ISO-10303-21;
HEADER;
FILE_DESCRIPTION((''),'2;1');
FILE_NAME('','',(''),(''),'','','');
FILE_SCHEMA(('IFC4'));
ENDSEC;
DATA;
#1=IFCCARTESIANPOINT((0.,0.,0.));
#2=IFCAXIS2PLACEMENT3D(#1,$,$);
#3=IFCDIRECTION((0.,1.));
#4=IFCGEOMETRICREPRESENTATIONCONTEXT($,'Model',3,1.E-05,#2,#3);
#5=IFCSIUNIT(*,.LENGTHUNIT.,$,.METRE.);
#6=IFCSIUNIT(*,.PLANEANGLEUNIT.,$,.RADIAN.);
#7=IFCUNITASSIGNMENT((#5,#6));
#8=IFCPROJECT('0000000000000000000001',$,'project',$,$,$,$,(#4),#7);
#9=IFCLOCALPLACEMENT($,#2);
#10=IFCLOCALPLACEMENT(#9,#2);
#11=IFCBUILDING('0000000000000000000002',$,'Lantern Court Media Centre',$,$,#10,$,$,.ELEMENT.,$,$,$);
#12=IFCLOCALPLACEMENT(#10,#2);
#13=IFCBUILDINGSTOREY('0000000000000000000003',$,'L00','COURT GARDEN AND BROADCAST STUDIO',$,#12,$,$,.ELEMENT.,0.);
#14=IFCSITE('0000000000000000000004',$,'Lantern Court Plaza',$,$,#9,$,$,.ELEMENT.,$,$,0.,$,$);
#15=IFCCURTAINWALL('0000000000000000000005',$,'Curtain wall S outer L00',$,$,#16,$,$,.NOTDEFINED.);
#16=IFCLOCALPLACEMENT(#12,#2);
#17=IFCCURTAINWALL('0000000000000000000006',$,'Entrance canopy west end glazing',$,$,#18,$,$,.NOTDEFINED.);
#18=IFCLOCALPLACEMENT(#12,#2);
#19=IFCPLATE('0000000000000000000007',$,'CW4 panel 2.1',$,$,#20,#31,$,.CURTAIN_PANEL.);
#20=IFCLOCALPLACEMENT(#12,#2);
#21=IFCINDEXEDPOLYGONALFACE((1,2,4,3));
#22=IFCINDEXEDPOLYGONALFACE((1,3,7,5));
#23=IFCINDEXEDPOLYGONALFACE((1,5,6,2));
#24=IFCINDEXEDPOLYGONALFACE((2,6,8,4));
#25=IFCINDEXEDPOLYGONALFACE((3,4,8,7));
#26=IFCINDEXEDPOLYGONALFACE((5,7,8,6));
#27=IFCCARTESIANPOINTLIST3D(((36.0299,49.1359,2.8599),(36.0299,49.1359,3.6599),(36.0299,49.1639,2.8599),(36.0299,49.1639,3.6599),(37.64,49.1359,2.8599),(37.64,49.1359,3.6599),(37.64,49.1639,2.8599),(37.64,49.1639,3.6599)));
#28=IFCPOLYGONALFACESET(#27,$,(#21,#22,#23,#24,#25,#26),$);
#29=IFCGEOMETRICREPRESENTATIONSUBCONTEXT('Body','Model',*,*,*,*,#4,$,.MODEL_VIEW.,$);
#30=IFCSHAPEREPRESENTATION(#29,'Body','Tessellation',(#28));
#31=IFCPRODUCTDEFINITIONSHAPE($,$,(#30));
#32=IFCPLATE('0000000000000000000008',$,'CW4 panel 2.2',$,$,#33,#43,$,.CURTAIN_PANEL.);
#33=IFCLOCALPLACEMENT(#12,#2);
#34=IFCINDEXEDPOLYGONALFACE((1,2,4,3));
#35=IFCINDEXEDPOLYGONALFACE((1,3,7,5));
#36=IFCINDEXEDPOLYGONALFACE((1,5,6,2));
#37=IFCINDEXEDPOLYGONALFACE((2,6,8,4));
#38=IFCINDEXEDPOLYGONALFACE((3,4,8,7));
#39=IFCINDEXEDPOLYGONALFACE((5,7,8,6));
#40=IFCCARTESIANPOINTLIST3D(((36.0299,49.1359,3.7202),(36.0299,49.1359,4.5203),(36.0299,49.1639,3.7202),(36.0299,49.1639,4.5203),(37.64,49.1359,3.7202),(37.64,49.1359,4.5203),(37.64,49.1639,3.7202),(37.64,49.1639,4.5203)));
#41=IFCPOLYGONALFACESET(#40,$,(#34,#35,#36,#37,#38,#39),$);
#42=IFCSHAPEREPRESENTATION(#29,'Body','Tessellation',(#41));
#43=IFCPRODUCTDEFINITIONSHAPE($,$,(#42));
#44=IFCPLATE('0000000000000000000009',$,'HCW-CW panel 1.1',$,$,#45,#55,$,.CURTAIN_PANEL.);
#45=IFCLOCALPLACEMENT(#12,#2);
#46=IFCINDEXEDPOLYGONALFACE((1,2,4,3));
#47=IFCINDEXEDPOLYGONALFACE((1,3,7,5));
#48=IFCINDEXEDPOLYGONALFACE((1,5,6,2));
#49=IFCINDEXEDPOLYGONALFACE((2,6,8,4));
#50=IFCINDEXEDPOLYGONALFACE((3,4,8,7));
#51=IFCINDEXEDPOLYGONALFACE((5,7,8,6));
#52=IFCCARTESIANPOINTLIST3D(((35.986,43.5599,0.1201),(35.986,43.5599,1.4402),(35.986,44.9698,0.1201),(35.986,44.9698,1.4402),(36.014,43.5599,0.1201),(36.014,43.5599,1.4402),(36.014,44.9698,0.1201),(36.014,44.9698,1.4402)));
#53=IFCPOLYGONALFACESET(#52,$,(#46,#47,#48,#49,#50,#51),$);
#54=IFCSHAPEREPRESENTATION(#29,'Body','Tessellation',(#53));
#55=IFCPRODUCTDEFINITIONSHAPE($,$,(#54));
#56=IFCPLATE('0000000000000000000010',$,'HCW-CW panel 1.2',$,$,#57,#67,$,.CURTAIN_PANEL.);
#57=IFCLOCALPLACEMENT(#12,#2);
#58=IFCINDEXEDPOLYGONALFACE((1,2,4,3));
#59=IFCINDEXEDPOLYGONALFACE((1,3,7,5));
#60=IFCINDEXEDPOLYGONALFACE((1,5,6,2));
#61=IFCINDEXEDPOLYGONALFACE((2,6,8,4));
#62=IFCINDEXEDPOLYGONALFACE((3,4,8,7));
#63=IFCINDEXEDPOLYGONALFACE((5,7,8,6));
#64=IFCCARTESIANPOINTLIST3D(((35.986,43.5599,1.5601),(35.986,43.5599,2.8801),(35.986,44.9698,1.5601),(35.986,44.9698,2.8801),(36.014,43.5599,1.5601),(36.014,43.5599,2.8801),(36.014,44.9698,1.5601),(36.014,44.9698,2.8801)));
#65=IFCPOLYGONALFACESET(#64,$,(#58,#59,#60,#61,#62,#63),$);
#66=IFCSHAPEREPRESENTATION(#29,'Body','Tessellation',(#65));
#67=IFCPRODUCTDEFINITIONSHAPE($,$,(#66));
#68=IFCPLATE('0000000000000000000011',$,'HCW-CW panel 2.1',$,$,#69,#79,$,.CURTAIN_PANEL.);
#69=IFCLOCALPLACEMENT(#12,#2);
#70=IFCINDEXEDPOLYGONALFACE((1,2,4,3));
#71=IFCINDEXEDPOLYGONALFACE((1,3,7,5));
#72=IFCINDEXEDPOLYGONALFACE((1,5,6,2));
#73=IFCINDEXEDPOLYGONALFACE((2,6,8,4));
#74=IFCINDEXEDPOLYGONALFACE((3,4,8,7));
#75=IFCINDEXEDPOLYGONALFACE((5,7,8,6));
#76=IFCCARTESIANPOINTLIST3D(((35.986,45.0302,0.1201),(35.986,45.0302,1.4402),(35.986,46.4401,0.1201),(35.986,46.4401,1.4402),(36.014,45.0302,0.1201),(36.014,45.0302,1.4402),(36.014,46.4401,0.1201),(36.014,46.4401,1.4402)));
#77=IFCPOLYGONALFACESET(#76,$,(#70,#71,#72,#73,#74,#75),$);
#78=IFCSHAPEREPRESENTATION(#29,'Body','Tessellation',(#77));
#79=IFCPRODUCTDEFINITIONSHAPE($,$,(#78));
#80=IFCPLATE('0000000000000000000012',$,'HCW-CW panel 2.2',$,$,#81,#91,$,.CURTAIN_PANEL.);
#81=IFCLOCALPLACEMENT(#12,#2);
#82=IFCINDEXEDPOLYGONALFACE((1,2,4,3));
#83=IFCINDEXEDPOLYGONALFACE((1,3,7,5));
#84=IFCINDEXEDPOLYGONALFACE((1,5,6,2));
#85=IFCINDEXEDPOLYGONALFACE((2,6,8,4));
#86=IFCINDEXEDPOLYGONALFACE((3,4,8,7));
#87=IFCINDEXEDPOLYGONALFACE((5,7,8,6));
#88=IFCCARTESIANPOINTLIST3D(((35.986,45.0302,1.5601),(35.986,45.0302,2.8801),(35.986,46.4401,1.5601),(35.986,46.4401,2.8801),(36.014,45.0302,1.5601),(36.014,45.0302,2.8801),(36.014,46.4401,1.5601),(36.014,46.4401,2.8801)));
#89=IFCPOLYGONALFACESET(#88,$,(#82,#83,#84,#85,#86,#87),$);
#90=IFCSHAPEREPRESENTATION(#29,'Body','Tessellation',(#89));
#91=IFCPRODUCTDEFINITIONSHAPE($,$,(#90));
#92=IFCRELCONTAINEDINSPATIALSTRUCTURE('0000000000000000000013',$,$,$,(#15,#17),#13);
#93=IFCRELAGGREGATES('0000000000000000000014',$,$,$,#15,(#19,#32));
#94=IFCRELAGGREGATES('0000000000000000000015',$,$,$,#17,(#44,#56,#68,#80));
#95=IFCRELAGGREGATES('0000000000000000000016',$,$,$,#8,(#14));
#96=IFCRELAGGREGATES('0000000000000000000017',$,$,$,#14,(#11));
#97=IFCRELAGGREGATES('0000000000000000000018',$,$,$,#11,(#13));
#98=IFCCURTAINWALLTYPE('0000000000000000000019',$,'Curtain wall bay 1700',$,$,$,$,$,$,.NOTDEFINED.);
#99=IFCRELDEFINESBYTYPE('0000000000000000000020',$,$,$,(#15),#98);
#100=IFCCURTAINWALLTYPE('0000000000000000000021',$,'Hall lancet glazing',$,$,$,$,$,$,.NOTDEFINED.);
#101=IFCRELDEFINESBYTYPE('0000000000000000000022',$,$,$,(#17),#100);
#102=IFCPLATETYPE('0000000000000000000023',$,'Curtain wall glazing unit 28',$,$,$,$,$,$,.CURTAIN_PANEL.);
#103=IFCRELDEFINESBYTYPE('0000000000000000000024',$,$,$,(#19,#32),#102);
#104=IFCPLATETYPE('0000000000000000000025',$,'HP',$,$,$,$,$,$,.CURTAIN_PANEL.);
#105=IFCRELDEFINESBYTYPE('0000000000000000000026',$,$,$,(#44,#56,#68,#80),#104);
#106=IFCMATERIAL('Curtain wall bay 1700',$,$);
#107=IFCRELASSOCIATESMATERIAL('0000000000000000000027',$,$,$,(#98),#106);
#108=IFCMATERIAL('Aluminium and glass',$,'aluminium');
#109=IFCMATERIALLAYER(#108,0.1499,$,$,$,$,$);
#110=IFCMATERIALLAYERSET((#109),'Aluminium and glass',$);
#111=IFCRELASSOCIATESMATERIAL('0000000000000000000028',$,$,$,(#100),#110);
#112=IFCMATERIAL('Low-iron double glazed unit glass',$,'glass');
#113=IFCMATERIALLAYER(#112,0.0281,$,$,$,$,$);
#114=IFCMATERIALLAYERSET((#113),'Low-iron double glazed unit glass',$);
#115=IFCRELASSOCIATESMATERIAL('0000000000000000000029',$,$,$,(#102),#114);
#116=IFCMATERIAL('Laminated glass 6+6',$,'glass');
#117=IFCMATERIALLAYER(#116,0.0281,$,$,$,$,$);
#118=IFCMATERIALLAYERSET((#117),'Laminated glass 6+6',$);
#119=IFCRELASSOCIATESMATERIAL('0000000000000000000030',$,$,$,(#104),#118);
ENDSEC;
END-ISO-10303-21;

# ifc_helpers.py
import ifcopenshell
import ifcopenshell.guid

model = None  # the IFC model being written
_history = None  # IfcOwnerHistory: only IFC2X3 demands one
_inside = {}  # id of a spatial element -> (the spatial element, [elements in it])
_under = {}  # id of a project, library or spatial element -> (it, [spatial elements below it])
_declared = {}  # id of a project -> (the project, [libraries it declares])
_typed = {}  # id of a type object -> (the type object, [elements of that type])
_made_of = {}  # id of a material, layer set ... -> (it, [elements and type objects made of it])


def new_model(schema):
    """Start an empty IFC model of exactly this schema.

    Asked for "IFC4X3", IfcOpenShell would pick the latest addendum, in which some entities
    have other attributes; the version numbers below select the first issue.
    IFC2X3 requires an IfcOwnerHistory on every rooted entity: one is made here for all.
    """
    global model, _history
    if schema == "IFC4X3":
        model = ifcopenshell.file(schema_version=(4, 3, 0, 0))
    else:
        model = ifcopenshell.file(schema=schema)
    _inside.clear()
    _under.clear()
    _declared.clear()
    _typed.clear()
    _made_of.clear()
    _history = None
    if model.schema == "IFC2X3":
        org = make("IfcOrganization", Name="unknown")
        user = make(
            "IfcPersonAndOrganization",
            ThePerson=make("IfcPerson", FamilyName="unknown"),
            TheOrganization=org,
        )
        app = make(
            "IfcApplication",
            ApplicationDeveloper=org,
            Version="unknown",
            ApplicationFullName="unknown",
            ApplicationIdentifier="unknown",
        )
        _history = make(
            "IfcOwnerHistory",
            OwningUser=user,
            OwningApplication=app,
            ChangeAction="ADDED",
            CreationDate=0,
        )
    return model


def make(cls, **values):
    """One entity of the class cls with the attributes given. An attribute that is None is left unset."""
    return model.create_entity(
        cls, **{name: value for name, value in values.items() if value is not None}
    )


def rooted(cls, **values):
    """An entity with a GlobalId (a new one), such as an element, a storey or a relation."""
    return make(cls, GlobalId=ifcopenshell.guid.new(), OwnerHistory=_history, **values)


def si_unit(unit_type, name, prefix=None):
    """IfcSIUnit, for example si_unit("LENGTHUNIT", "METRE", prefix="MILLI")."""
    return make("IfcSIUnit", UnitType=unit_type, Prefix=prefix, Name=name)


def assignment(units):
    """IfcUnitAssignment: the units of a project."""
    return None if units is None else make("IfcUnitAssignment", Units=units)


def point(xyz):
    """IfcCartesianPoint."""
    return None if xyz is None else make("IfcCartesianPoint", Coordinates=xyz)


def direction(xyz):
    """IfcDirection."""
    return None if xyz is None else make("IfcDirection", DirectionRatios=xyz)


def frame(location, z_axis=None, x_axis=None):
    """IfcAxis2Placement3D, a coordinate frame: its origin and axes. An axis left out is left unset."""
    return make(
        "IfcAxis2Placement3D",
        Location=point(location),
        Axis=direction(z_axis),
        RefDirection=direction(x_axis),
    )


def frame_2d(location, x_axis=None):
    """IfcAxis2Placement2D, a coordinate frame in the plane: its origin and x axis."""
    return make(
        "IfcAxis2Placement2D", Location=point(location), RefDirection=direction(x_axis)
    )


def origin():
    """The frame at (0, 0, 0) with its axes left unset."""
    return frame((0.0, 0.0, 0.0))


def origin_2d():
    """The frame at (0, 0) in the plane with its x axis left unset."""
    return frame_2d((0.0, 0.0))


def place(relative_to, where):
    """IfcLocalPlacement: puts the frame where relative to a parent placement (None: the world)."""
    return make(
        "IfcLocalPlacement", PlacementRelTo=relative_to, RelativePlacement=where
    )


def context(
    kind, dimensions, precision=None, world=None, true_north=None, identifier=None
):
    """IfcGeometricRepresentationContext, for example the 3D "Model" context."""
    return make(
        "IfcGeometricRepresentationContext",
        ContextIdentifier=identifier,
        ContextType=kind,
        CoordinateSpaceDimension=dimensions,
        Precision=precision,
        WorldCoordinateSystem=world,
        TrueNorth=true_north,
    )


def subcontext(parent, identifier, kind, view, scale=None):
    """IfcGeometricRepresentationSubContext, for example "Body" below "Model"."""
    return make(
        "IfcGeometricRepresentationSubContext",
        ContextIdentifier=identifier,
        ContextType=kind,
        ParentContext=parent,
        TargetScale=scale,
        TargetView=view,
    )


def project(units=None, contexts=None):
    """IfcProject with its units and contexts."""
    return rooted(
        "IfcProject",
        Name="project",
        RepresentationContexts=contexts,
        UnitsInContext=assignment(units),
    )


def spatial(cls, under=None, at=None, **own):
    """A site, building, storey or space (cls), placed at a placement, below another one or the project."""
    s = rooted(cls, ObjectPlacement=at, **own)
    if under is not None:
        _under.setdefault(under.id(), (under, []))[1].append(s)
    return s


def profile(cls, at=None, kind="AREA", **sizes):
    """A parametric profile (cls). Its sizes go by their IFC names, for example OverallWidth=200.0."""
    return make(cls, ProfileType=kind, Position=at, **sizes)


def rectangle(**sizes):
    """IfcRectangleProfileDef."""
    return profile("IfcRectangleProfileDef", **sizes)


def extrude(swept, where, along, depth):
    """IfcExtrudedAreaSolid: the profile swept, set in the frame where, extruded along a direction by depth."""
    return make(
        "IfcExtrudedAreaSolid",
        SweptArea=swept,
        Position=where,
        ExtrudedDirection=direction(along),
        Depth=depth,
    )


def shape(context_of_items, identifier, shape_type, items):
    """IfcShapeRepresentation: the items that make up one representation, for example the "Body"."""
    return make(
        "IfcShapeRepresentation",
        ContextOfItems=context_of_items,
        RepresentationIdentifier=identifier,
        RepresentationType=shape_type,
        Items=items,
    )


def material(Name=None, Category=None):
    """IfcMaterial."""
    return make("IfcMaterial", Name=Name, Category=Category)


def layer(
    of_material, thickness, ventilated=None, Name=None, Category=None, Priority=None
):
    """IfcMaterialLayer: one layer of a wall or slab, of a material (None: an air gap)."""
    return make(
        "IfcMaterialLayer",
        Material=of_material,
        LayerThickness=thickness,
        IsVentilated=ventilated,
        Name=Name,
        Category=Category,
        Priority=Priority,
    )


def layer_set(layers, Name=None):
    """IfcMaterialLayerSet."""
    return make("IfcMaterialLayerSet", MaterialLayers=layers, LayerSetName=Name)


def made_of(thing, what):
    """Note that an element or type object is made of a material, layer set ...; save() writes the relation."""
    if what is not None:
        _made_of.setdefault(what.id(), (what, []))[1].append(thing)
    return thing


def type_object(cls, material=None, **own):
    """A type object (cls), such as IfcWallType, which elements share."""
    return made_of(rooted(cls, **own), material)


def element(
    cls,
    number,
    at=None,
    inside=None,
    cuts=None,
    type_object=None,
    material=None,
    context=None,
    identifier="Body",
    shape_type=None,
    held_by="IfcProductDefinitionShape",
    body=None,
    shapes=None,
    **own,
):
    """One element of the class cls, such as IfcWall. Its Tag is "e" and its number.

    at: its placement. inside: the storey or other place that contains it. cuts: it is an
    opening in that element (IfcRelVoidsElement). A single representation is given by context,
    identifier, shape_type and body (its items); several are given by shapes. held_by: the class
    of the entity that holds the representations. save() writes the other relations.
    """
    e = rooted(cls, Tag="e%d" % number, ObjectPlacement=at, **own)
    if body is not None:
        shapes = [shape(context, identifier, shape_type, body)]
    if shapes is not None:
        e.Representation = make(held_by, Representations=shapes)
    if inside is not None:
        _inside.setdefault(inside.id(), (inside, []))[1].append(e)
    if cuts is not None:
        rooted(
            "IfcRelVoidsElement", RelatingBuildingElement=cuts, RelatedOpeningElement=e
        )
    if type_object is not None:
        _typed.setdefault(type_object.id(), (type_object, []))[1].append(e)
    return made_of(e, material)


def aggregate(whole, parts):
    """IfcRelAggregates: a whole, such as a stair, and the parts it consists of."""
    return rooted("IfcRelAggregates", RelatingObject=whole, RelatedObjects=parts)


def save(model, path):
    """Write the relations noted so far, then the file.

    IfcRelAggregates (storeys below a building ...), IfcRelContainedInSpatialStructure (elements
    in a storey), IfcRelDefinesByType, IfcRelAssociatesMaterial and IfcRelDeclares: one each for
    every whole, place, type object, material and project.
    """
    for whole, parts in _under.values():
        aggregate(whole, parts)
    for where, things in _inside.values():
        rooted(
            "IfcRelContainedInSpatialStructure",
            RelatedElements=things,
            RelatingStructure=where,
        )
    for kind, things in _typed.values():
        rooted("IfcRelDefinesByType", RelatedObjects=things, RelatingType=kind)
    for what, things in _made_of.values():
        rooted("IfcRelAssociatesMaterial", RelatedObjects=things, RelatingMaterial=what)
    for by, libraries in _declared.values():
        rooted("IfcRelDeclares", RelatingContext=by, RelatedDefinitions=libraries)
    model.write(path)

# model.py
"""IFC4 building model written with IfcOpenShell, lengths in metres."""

from ifc_helpers import new_model, si_unit, direction, frame, origin, origin_2d, place, context, subcontext, project, spatial, rectangle, extrude, material, layer, layer_set, type_object, element, aggregate, save


model = new_model("IFC4")

# Units and contexts
model_context = context("Model", 3, precision=1e-05, world=origin(), true_north=direction((0.0, 1.0)))
body_context = subcontext(model_context, "Body", "Model", "MODEL_VIEW")
ifc_project = project(units=[si_unit("LENGTHUNIT", "METRE"), si_unit("PLANEANGLEUNIT", "RADIAN")], contexts=[model_context])

# Site, building, storey
site_placement = place(None, origin())
site = spatial("IfcSite", under=ifc_project, at=site_placement, Name="Lantern Court Plaza", CompositionType="ELEMENT", RefElevation=0.0)
building_placement = place(site_placement, origin())
building = spatial("IfcBuilding", under=site, at=building_placement, Name="Lantern Court Media Centre", CompositionType="ELEMENT")
storey_placement = place(building_placement, origin())
storey = spatial("IfcBuildingStorey", under=building, at=storey_placement, Name="L00", Description="COURT GARDEN AND BROADCAST STUDIO", CompositionType="ELEMENT", Elevation=0.0)

# Curtain wall
ifc_material_1 = material(Name="Curtain wall bay 1700")
curtain_wall_type_1 = type_object("IfcCurtainWallType", Name="Curtain wall bay 1700", PredefinedType="NOTDEFINED", material=ifc_material_1)
curtain_wall_1_placement = place(storey_placement, origin())
curtain_wall_1 = element("IfcCurtainWall", 1, at=curtain_wall_1_placement, inside=storey, type_object=curtain_wall_type_1, Name="Curtain wall S outer L00", PredefinedType="NOTDEFINED")

# Curtain wall
ifc_material_2 = material(Name="Aluminium and glass", Category="aluminium")
ifc_layer_1 = layer(ifc_material_2, 0.1499)
ifc_layer_set_1 = layer_set([ifc_layer_1], Name="Aluminium and glass")
curtain_wall_type_2 = type_object("IfcCurtainWallType", Name="Hall lancet glazing", PredefinedType="NOTDEFINED", material=ifc_layer_set_1)
curtain_wall_2_placement = place(storey_placement, origin())
curtain_wall_2 = element("IfcCurtainWall", 2, at=curtain_wall_2_placement, inside=storey, type_object=curtain_wall_type_2, Name="Entrance canopy west end glazing", PredefinedType="NOTDEFINED")

# Plates
ifc_material_3 = material(Name="Low-iron double glazed unit glass", Category="glass")
ifc_layer_2 = layer(ifc_material_3, 0.0281)
ifc_layer_set_2 = layer_set([ifc_layer_2], Name="Low-iron double glazed unit glass")
plate_type_1 = type_object("IfcPlateType", Name="Curtain wall glazing unit 28", PredefinedType="CURTAIN_PANEL", material=ifc_layer_set_2)
plate_1_placement = place(storey_placement, frame((36.835, 49.1499, 2.8599), z_axis=(0.0, 0.0, 1.0), x_axis=(1.0, 0.0, 0.0)))
plate_1 = element("IfcPlate", 3, at=plate_1_placement, type_object=plate_type_1, Name="CW4 panel 2.1", PredefinedType="CURTAIN_PANEL", context=body_context, shape_type="SweptSolid", body=[
    extrude(rectangle(XDim=1.6101, YDim=0.0281, at=origin_2d()), origin(), (0.0, 0.0, 1.0), 0.8),
])
plate_2_placement = place(storey_placement, frame((36.835, 49.1499, 3.7202), z_axis=(0.0, 0.0, 1.0), x_axis=(1.0, 0.0, 0.0)))
plate_2 = element("IfcPlate", 4, at=plate_2_placement, type_object=plate_type_1, Name="CW4 panel 2.2", PredefinedType="CURTAIN_PANEL", context=body_context, shape_type="SweptSolid", body=[
    extrude(rectangle(XDim=1.6101, YDim=0.0281, at=origin_2d()), origin(), (0.0, 0.0, 1.0), 0.8),
])
aggregate(curtain_wall_1, [plate_1, plate_2])
ifc_material_4 = material(Name="Laminated glass 6+6", Category="glass")
ifc_layer_3 = layer(ifc_material_4, 0.0281)
ifc_layer_set_3 = layer_set([ifc_layer_3], Name="Laminated glass 6+6")
plate_type_2 = type_object("IfcPlateType", Name="HP", PredefinedType="CURTAIN_PANEL", material=ifc_layer_set_3)
plate_3_placement = place(storey_placement, frame((36.0, 44.2649, 0.1201), z_axis=(0.0, 0.0, 1.0), x_axis=(0.0, 1.0, 0.0)))
plate_3 = element("IfcPlate", 5, at=plate_3_placement, type_object=plate_type_2, Name="HCW-CW panel 1.1", PredefinedType="CURTAIN_PANEL", context=body_context, shape_type="SweptSolid", body=[
    extrude(rectangle(XDim=1.4099, YDim=0.0281, at=origin_2d()), origin(), (0.0, 0.0, 1.0), 1.3201),
])
plate_4_placement = place(storey_placement, frame((36.0, 44.2649, 1.5601), z_axis=(0.0, 0.0, 1.0), x_axis=(0.0, 1.0, 0.0)))
plate_4 = element("IfcPlate", 6, at=plate_4_placement, type_object=plate_type_2, Name="HCW-CW panel 1.2", PredefinedType="CURTAIN_PANEL", context=body_context, shape_type="SweptSolid", body=[
    extrude(rectangle(XDim=1.4099, YDim=0.0281, at=origin_2d()), origin(), (0.0, 0.0, 1.0), 1.3201),
])
plate_5_placement = place(storey_placement, frame((36.0, 45.7351, 0.1201), z_axis=(0.0, 0.0, 1.0), x_axis=(0.0, 1.0, 0.0)))
plate_5 = element("IfcPlate", 7, at=plate_5_placement, type_object=plate_type_2, Name="HCW-CW panel 2.1", PredefinedType="CURTAIN_PANEL", context=body_context, shape_type="SweptSolid", body=[
    extrude(rectangle(XDim=1.4099, YDim=0.0281, at=origin_2d()), origin(), (0.0, 0.0, 1.0), 1.3201),
])
plate_6_placement = place(storey_placement, frame((36.0, 45.7351, 1.5601), z_axis=(0.0, 0.0, 1.0), x_axis=(0.0, 1.0, 0.0)))
plate_6 = element("IfcPlate", 8, at=plate_6_placement, type_object=plate_type_2, Name="HCW-CW panel 2.2", PredefinedType="CURTAIN_PANEL", context=body_context, shape_type="SweptSolid", body=[
    extrude(rectangle(XDim=1.4099, YDim=0.0281, at=origin_2d()), origin(), (0.0, 0.0, 1.0), 1.3201),
])
aggregate(curtain_wall_2, [plate_3, plate_4, plate_5, plate_6])

save(model, "model.ifc")
